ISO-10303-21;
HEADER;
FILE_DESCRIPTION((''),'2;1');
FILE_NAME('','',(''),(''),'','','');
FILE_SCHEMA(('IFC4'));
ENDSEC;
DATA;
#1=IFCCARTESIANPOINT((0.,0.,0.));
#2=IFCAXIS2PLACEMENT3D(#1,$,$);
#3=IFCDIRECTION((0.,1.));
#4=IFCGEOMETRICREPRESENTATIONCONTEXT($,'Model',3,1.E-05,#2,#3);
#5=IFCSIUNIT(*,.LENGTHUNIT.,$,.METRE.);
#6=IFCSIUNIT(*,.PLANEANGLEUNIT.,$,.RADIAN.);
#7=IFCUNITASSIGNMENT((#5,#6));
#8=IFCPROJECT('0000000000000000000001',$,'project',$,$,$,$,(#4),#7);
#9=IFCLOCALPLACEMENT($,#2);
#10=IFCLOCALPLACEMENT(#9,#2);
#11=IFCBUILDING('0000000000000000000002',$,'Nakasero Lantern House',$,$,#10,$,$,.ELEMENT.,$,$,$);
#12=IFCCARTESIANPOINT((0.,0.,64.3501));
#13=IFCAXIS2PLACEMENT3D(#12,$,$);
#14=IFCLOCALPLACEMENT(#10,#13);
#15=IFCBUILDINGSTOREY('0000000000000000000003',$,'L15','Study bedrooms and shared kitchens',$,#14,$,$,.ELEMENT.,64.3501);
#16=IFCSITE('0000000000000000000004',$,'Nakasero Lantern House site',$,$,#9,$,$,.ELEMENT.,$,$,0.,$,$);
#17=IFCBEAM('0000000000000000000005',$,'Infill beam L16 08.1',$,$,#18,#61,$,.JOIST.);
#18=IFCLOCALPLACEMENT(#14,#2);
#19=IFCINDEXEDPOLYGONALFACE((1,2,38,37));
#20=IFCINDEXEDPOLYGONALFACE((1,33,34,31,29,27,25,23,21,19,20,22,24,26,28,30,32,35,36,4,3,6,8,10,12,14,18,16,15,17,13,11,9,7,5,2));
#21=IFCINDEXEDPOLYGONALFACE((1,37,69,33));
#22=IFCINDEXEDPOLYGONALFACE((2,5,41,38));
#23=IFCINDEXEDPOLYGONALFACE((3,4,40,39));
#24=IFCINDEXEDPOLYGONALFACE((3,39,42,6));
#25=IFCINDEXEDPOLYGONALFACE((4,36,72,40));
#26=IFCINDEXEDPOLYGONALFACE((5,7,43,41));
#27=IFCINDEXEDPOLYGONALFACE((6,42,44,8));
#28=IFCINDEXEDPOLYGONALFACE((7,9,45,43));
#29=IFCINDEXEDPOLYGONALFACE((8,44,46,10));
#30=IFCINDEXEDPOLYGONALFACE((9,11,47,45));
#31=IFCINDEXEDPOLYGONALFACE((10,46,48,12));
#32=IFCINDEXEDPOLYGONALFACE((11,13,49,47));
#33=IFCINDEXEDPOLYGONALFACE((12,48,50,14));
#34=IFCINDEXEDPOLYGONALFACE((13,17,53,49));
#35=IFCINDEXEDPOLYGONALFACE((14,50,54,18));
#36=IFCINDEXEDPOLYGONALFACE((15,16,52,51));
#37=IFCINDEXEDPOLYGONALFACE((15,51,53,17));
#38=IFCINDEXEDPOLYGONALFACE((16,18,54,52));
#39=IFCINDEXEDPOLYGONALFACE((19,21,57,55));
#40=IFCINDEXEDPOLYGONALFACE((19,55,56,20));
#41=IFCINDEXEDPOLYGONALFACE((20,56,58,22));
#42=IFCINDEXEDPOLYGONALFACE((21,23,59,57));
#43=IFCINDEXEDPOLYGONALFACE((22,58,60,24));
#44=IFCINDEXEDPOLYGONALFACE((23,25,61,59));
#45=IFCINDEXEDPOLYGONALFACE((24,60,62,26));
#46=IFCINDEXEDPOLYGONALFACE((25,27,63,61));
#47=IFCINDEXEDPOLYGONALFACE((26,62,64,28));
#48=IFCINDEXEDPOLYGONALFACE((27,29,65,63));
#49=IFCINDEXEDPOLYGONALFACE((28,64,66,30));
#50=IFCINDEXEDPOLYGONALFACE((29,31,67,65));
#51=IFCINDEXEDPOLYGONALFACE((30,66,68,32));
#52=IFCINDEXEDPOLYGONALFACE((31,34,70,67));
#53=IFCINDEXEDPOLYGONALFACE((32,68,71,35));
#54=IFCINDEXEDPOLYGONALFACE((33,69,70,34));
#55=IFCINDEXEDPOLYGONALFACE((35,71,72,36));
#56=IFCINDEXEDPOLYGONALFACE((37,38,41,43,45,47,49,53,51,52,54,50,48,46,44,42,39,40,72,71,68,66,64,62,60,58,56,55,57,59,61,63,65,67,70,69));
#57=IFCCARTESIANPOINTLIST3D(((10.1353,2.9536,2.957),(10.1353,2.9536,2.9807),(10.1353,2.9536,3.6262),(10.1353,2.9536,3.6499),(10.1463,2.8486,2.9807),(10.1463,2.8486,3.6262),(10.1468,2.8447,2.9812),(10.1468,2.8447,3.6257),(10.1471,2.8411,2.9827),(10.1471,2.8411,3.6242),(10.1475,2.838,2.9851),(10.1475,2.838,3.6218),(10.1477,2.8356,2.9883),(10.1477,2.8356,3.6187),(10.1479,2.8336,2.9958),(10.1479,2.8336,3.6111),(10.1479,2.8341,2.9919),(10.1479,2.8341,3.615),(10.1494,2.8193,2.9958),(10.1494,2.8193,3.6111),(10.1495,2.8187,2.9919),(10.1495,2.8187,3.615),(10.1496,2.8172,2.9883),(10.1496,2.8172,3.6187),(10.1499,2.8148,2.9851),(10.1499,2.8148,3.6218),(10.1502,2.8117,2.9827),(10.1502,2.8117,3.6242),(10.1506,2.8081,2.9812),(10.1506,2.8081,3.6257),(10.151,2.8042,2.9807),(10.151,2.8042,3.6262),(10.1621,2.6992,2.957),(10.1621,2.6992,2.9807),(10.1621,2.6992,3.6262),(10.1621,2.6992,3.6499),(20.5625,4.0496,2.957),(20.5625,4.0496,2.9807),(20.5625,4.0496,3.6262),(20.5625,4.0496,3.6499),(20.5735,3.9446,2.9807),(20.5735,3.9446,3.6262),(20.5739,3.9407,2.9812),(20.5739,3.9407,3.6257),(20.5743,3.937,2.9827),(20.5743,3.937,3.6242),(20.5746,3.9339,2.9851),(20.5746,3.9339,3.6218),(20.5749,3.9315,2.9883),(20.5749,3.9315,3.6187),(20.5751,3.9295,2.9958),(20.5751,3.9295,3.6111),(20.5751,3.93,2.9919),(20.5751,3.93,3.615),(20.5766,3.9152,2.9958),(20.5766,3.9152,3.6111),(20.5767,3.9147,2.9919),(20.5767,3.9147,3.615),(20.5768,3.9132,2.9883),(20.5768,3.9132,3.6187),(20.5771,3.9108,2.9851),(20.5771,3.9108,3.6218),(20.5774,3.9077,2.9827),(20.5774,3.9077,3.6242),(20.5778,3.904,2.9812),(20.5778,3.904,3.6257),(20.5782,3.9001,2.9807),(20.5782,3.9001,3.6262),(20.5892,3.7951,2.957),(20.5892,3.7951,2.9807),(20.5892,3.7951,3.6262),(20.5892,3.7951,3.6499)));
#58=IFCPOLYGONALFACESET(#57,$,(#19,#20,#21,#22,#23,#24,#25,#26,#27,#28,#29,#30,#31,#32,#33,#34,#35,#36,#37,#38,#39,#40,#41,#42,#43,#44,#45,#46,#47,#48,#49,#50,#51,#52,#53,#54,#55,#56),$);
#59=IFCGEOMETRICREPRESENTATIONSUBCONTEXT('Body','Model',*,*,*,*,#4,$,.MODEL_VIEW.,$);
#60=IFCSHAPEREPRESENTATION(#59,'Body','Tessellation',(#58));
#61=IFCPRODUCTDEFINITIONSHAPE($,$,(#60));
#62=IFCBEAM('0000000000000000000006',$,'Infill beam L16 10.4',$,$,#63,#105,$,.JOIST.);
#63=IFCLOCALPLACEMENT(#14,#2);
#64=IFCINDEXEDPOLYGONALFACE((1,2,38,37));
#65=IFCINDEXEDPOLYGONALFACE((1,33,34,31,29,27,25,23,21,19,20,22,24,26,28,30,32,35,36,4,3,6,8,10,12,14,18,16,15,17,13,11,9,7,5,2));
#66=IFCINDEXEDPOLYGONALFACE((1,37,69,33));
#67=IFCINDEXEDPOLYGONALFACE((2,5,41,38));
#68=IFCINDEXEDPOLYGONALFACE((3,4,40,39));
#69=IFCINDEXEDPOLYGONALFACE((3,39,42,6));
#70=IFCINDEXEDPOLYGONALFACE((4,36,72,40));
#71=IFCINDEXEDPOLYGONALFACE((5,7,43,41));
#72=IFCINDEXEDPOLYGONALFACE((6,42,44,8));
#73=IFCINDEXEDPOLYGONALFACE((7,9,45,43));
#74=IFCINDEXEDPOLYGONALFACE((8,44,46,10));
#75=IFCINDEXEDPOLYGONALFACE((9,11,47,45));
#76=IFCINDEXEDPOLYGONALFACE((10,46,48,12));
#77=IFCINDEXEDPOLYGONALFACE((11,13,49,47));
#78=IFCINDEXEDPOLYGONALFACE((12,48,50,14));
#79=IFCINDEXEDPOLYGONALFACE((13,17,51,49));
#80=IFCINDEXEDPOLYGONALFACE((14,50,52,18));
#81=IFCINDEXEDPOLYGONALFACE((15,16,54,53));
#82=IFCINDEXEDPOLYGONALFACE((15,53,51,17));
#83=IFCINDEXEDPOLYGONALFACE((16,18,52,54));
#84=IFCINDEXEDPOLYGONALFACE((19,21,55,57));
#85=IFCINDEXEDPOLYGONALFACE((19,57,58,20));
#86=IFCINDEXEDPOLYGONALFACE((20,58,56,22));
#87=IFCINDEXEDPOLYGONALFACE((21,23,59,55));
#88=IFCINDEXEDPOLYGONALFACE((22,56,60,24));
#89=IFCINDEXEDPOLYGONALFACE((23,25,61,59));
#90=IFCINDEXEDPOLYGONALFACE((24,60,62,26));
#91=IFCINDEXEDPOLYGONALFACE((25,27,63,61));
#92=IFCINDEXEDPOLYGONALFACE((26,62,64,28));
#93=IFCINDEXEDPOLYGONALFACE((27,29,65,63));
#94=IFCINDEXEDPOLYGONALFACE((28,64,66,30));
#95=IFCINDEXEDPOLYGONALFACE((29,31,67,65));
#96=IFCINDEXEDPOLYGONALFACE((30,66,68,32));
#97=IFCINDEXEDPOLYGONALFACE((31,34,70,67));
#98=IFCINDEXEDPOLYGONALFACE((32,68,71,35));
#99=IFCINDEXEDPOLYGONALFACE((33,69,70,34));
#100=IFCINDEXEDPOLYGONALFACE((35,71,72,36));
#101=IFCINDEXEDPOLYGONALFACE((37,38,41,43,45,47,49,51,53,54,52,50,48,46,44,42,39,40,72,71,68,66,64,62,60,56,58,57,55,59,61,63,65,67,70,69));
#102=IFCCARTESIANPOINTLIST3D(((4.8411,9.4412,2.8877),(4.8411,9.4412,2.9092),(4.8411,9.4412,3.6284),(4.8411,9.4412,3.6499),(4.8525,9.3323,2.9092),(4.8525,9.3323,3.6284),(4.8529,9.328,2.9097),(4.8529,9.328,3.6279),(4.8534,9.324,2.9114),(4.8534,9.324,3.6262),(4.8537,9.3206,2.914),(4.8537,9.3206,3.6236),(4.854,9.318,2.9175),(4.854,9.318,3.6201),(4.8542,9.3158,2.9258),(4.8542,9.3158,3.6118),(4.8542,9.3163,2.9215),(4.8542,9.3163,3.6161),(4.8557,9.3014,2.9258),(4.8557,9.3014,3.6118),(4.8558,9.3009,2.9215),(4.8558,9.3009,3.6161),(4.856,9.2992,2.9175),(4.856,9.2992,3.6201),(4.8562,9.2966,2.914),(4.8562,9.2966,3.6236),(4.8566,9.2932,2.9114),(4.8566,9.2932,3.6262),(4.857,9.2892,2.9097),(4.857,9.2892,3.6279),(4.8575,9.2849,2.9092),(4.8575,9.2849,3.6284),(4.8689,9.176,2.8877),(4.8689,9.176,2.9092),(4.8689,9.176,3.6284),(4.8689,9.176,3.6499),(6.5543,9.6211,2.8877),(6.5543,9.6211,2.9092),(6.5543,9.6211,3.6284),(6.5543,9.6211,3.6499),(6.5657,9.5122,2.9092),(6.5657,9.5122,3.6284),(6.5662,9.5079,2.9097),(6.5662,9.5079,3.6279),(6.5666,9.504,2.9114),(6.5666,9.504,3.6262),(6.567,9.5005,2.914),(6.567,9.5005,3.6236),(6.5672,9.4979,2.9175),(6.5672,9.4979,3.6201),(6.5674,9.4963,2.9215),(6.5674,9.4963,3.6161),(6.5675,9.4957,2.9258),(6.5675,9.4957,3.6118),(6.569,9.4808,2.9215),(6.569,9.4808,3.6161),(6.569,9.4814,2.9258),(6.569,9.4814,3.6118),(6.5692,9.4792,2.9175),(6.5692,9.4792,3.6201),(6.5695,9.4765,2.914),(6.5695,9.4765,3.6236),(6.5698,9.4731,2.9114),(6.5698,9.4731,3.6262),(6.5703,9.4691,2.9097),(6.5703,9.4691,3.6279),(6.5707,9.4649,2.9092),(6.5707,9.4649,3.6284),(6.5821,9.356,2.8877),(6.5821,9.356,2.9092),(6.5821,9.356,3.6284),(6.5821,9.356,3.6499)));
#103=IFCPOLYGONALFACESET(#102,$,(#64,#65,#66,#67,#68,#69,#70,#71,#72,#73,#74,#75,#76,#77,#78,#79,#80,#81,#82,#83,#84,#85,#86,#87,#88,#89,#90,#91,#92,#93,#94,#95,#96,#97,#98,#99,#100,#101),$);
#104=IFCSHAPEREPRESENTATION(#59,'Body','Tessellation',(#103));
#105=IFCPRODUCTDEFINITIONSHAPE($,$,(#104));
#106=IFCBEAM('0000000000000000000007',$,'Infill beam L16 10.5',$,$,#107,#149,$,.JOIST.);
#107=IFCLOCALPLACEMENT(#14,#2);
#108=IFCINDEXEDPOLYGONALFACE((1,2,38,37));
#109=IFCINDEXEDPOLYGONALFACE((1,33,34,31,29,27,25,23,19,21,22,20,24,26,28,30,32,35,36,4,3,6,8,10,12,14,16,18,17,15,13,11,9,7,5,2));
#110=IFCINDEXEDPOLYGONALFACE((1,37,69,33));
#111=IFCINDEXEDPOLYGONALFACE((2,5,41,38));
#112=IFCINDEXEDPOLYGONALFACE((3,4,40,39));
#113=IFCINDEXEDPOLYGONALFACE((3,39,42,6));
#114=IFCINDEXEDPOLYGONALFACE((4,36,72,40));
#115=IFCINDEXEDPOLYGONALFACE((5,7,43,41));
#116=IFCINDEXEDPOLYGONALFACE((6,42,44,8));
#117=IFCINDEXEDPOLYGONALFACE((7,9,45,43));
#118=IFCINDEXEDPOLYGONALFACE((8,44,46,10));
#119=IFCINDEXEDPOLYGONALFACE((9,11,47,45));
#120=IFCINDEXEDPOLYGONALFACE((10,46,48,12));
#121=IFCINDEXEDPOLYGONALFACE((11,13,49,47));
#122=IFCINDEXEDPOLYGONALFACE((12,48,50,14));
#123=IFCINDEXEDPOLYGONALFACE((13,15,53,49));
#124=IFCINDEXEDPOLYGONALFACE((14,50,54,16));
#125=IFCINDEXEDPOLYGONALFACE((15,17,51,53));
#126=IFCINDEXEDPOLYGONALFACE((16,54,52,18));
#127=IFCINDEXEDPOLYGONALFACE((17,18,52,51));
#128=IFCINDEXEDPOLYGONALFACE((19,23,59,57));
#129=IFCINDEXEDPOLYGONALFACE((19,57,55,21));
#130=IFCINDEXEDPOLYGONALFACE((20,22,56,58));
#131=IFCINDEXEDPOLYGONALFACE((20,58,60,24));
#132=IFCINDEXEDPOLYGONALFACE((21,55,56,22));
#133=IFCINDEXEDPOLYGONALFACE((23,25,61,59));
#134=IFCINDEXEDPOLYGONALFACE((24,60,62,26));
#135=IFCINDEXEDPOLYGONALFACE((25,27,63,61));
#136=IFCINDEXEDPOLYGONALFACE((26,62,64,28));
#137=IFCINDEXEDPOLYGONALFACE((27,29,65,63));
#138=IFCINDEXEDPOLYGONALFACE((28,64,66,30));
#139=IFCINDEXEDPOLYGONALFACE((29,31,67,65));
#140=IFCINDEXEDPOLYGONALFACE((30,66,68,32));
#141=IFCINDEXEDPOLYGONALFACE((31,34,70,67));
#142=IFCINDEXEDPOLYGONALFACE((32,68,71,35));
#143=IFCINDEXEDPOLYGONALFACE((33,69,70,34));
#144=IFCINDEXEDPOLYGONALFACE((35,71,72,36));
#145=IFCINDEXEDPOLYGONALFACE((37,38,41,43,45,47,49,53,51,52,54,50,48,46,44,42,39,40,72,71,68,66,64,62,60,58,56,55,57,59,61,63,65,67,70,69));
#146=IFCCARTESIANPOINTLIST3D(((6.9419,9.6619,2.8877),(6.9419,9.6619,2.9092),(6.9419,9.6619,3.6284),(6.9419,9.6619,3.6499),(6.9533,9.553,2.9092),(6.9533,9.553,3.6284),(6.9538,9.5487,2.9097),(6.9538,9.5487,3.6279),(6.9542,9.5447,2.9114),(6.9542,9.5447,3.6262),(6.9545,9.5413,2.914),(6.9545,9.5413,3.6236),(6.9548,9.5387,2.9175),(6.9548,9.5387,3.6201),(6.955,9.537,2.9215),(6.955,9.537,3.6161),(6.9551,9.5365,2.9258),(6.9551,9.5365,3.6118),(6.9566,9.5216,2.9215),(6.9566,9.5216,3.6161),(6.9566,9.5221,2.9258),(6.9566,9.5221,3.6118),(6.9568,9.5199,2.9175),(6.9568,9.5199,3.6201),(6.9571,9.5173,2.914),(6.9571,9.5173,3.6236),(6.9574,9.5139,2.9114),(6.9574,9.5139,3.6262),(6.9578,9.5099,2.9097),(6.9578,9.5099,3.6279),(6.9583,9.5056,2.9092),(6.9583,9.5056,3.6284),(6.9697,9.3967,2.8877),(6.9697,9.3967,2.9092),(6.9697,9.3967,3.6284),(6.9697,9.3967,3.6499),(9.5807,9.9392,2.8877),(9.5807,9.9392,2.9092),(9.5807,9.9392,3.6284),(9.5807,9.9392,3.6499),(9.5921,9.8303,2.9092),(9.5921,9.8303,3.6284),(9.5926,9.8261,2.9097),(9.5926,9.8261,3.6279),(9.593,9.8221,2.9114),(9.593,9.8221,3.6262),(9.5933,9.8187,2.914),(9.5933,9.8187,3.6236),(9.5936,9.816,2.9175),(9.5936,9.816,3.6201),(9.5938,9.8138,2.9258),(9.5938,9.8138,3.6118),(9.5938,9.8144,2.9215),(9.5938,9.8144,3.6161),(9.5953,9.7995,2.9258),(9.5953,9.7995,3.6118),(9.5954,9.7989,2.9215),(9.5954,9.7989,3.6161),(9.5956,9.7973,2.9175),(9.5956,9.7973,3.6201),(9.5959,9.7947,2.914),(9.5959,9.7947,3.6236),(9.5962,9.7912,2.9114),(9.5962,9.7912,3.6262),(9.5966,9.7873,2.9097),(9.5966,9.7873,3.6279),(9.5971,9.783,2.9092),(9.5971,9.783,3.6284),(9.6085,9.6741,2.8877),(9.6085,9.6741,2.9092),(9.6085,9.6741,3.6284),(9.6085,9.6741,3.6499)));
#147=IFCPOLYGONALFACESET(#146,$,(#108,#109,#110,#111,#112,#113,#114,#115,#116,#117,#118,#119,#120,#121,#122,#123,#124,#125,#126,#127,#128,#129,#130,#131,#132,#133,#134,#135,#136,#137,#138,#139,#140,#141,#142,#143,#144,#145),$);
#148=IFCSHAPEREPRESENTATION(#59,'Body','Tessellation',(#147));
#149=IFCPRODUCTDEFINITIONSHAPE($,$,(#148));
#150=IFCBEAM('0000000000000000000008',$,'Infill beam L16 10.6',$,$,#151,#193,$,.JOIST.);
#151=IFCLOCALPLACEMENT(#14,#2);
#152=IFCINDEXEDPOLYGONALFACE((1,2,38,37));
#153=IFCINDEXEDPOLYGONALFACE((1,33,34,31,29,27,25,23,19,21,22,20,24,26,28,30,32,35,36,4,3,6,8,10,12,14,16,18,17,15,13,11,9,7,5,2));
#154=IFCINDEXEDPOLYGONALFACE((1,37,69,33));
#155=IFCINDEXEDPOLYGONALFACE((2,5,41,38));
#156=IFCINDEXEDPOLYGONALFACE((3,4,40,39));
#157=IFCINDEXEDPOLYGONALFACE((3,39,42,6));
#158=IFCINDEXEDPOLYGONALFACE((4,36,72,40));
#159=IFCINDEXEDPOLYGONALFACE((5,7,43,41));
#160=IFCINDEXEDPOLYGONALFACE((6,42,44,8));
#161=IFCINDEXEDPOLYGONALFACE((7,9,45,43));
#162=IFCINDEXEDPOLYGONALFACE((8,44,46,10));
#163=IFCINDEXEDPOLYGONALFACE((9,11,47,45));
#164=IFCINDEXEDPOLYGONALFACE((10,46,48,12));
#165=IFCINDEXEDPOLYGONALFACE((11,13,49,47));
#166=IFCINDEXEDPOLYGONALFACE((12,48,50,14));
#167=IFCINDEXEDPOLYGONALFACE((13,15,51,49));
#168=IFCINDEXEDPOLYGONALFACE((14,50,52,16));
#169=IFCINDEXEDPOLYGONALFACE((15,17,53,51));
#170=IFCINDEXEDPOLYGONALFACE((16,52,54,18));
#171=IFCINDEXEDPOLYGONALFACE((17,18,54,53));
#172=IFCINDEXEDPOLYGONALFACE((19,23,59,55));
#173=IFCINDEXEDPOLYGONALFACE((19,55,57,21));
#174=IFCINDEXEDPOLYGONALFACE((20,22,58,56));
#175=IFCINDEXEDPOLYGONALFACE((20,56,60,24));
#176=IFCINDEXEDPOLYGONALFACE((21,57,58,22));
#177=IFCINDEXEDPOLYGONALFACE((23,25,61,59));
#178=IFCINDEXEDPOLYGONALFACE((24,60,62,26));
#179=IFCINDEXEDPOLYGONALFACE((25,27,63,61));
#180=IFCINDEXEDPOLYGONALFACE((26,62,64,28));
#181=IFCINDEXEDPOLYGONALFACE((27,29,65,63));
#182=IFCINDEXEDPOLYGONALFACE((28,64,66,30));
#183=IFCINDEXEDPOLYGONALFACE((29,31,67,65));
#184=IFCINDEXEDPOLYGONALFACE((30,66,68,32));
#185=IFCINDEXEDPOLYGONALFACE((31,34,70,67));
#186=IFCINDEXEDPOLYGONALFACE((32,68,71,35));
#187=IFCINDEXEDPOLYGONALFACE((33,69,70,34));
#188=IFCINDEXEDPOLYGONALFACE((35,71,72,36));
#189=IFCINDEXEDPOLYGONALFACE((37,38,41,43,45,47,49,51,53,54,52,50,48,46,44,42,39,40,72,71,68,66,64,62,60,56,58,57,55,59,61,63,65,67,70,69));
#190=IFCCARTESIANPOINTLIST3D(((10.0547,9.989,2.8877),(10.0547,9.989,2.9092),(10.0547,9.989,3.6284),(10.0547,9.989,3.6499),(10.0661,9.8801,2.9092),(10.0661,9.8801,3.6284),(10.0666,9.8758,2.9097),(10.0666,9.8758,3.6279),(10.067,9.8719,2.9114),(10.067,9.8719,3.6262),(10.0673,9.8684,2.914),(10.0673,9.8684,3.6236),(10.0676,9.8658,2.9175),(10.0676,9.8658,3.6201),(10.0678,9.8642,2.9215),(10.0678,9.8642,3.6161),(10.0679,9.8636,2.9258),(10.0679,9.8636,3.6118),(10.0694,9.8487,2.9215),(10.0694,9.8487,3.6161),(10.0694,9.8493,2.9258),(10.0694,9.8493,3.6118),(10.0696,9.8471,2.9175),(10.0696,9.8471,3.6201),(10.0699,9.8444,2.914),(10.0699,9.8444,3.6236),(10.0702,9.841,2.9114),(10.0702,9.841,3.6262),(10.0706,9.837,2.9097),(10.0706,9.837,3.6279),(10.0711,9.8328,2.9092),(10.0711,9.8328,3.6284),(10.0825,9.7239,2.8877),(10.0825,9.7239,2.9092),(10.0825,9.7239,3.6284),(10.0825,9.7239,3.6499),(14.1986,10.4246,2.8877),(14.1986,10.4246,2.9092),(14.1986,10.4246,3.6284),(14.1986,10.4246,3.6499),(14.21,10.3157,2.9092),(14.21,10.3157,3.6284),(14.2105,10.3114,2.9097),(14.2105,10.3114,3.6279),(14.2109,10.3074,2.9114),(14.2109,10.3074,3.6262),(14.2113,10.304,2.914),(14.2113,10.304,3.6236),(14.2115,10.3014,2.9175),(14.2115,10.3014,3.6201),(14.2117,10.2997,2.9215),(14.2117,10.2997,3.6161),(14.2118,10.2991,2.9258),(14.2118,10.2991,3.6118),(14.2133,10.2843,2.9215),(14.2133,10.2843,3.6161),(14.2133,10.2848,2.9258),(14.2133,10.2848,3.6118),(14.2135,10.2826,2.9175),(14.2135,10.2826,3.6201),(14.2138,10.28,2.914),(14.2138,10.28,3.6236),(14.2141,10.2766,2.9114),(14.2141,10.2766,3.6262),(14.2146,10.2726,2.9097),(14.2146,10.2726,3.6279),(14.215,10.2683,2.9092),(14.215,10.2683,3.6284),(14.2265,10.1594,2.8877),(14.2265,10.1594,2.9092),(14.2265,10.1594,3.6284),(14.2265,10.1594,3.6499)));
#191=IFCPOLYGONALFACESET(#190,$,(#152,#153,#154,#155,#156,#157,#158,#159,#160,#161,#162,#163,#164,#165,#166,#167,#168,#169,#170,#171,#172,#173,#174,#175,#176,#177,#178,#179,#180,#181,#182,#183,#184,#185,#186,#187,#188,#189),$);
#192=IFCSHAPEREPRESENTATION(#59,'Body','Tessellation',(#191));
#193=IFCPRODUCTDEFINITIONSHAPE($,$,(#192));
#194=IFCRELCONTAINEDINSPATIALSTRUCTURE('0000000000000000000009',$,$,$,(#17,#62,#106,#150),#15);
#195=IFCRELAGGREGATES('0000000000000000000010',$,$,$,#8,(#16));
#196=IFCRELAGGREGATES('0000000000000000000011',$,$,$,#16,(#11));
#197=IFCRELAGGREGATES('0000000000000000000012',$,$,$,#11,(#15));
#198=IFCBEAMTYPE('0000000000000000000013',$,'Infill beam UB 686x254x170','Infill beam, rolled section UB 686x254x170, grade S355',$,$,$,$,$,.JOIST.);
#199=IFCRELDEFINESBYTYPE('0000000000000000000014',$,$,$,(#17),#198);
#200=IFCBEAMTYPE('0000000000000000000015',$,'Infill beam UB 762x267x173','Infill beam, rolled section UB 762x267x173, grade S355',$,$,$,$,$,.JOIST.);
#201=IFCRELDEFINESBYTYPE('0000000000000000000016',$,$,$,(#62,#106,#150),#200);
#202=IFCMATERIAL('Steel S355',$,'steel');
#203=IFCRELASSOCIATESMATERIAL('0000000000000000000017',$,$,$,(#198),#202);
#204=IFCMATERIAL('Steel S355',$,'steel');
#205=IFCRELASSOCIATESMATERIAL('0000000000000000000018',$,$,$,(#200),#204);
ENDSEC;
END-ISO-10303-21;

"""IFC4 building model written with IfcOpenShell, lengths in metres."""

from ifc_helpers import new_model, si_unit, direction, frame, origin, origin_2d, place, context, subcontext, project, spatial, i_section, extrude, material, material_profile, profile_set, type_object, element, save


model = new_model("IFC4")

# Units and contexts
model_context = context("Model", 3, precision=1e-05, world=origin(), true_north=direction((0.0, 1.0)))
body_context = subcontext(model_context, "Body", "Model", "MODEL_VIEW")
ifc_project = project(units=[si_unit("LENGTHUNIT", "METRE"), si_unit("PLANEANGLEUNIT", "RADIAN")], contexts=[model_context])

# Site, building, storey
site_placement = place(None, origin())
site = spatial("IfcSite", under=ifc_project, at=site_placement, Name="Nakasero Lantern House site", CompositionType="ELEMENT", RefElevation=0.0)
building_placement = place(site_placement, origin())
building = spatial("IfcBuilding", under=site, at=building_placement, Name="Nakasero Lantern House", CompositionType="ELEMENT")
storey_placement = place(building_placement, frame((0.0, 0.0, 64.3501)))
storey = spatial("IfcBuildingStorey", under=building, at=storey_placement, Name="L15", Description="Study bedrooms and shared kitchens", CompositionType="ELEMENT", Elevation=64.3501)

# Beams
ifc_material_1 = material(Name="Steel S355", Category="steel")
ifc_material_profile_1 = material_profile(ifc_material_1, i_section(OverallWidth=0.2559, OverallDepth=0.6929, WebThickness=0.0144, FlangeThickness=0.0237, FilletRadius=0.0151, at=origin_2d()), Name="UB 686x254x170")
ifc_profile_set_1 = profile_set([ifc_material_profile_1], Name="Steel S355")
beam_type_1 = type_object("IfcBeamType", Name="Infill beam UB 686x254x170", Description="Infill beam, rolled section UB 686x254x170, grade S355", PredefinedType="JOIST", material=ifc_profile_set_1)
beam_1_placement = place(storey_placement, frame((10.1487, 2.8264, 3.3035), z_axis=(0.994522, 0.104528, 0.0), x_axis=(-0.104528, 0.994522, 0.0)))
element("IfcBeam", 1, at=beam_1_placement, inside=storey, type_object=beam_type_1, Name="Infill beam L16 08.1", PredefinedType="JOIST", context=body_context, shape_type="SweptSolid", body=[
    extrude(i_section(OverallWidth=0.2559, OverallDepth=0.6929, WebThickness=0.0144, FlangeThickness=0.0237, FilletRadius=0.0151, at=origin_2d()), origin(), (0.0, 0.0, 1.0), 10.4846),
])
ifc_material_2 = material(Name="Steel S355", Category="steel")
ifc_material_profile_2 = material_profile(ifc_material_2, i_section(OverallWidth=0.2666, OverallDepth=0.7622, WebThickness=0.0144, FlangeThickness=0.0215, FilletRadius=0.0166, at=origin_2d()), Name="UB 762x267x173")
ifc_profile_set_2 = profile_set([ifc_material_profile_2], Name="Steel S355")
beam_type_2 = type_object("IfcBeamType", Name="Infill beam UB 762x267x173", Description="Infill beam, rolled section UB 762x267x173, grade S355", PredefinedType="JOIST", material=ifc_profile_set_2)
beam_2_placement = place(storey_placement, frame((4.855, 9.3086, 3.2688), z_axis=(0.99453, 0.104456, 0.0), x_axis=(-0.104456, 0.99453, 0.0)))
element("IfcBeam", 2, at=beam_2_placement, inside=storey, type_object=beam_type_2, Name="Infill beam L16 10.4", PredefinedType="JOIST", context=body_context, shape_type="SweptSolid", body=[
    extrude(i_section(OverallWidth=0.2666, OverallDepth=0.7622, WebThickness=0.0144, FlangeThickness=0.0215, FilletRadius=0.0166, at=origin_2d()), origin(), (0.0, 0.0, 1.0), 1.7227),
])
beam_3_placement = place(storey_placement, frame((6.9558, 9.5293, 3.2688), z_axis=(0.994522, 0.104532, 0.0), x_axis=(-0.104532, 0.994522, 0.0)))
element("IfcBeam", 3, at=beam_3_placement, inside=storey, type_object=beam_type_2, Name="Infill beam L16 10.5", PredefinedType="JOIST", context=body_context, shape_type="SweptSolid", body=[
    extrude(i_section(OverallWidth=0.2666, OverallDepth=0.7622, WebThickness=0.0144, FlangeThickness=0.0215, FilletRadius=0.0166, at=origin_2d()), origin(), (0.0, 0.0, 1.0), 2.6533),
])
beam_4_placement = place(storey_placement, frame((10.0686, 9.8564, 3.2688), z_axis=(0.994522, 0.104526, 0.0), x_axis=(-0.104526, 0.994522, 0.0)))
element("IfcBeam", 4, at=beam_4_placement, inside=storey, type_object=beam_type_2, Name="Infill beam L16 10.6", PredefinedType="JOIST", context=body_context, shape_type="SweptSolid", body=[
    extrude(i_section(OverallWidth=0.2666, OverallDepth=0.7622, WebThickness=0.0144, FlangeThickness=0.0215, FilletRadius=0.0166, at=origin_2d()), origin(), (0.0, 0.0, 1.0), 4.1667),
])

save(model, "model.ifc")
